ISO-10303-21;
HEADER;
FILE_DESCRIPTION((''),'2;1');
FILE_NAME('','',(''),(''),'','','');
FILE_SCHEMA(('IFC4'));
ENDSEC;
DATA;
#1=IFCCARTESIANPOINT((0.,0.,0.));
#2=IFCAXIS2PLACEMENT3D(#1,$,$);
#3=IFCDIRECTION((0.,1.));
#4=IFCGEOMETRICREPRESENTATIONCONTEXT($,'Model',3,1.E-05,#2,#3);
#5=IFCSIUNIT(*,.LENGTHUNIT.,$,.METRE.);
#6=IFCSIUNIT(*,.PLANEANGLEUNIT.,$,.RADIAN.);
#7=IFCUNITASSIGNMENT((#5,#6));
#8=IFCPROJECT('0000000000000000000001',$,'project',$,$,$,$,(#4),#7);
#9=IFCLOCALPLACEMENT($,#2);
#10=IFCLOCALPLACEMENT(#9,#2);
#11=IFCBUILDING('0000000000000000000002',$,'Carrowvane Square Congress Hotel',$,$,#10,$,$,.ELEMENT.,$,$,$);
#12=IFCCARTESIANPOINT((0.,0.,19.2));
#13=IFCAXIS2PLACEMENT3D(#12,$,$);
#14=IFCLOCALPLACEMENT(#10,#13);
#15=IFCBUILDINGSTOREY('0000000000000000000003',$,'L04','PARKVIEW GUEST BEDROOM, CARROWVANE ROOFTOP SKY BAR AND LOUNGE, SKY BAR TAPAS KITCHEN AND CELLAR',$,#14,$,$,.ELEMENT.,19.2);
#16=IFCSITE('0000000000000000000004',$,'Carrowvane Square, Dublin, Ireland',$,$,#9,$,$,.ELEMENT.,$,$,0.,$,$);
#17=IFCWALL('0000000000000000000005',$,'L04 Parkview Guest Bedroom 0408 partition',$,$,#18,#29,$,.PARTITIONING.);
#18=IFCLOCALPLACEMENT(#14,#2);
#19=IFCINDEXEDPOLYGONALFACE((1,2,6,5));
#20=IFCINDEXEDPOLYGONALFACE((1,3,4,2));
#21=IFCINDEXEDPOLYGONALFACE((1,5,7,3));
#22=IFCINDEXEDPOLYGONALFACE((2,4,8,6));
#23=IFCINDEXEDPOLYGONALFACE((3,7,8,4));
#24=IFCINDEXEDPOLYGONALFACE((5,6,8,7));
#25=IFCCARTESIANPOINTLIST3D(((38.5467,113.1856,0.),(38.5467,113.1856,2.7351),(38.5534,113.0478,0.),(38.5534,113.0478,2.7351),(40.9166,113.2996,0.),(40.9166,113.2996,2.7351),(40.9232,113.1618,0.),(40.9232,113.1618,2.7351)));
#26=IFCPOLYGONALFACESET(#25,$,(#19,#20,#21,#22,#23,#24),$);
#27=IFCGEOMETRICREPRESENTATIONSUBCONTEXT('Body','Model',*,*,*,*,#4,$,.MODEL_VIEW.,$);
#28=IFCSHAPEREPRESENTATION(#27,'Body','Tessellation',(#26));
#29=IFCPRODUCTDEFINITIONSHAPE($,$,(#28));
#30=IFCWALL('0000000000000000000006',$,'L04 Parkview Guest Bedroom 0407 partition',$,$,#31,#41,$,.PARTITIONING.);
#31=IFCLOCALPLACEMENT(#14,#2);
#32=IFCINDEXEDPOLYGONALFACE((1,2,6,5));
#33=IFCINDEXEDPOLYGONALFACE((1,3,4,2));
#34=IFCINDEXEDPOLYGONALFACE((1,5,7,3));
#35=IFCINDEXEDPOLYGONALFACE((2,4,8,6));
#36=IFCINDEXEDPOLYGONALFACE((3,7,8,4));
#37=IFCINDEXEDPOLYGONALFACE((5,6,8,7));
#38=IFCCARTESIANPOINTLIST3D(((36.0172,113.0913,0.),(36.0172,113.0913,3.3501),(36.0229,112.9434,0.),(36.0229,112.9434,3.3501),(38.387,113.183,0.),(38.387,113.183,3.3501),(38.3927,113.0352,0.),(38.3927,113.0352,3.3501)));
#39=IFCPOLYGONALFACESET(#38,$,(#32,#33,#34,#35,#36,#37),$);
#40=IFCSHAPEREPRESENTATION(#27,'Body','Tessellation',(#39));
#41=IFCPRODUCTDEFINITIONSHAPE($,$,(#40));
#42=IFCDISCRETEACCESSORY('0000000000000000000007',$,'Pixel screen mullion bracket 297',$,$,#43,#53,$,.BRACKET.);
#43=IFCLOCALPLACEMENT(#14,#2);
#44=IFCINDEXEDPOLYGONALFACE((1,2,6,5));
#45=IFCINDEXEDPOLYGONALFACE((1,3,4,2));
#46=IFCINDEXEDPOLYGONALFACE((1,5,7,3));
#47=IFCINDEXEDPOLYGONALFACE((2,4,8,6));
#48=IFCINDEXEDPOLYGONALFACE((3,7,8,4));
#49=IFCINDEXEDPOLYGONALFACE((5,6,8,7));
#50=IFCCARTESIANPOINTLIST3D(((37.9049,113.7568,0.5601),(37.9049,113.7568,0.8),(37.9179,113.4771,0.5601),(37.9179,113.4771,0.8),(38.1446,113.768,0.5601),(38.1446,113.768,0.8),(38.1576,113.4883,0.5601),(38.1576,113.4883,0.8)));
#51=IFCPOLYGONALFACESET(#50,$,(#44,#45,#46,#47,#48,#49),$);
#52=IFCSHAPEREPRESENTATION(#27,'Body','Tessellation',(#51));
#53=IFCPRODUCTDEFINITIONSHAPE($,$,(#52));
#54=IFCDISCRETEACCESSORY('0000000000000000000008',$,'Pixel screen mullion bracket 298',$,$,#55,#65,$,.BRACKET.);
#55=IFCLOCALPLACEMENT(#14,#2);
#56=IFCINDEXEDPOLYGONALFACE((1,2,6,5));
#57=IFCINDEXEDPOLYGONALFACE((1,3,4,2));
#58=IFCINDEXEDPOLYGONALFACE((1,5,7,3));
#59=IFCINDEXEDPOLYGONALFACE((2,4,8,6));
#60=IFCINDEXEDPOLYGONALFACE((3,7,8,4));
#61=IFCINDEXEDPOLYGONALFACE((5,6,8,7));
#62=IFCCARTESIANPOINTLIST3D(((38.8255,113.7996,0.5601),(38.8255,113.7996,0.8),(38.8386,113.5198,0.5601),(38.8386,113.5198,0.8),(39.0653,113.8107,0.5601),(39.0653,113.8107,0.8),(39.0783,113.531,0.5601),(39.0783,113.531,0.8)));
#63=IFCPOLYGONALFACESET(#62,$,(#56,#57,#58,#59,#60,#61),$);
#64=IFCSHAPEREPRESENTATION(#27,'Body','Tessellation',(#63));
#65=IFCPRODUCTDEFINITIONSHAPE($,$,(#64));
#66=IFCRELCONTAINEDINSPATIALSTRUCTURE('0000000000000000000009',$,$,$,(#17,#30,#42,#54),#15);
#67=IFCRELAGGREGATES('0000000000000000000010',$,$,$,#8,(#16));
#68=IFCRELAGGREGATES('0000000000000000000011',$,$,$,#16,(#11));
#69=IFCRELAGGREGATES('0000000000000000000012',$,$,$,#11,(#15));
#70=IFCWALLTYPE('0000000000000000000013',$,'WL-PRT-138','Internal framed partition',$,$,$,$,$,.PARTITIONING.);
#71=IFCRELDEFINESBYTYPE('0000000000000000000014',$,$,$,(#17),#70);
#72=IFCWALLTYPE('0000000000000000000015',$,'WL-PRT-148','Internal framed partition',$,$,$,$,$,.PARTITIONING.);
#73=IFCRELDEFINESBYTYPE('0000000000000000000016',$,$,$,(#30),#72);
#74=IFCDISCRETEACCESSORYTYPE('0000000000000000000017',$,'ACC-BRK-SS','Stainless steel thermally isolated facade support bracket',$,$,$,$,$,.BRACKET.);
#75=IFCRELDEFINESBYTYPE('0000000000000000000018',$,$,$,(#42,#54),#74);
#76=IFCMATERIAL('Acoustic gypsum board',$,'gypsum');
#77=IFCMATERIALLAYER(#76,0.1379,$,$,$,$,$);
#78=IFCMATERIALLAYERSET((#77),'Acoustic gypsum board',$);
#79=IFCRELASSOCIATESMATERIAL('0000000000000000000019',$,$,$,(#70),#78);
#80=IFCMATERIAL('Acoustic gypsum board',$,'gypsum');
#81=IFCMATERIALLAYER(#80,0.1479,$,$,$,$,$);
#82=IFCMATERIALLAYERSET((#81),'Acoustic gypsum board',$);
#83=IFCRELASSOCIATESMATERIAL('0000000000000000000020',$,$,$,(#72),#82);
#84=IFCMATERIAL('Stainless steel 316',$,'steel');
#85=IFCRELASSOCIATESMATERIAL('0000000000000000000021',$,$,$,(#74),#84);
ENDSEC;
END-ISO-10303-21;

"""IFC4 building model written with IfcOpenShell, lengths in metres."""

from ifc_helpers import new_model, si_unit, direction, frame, frame_2d, origin, origin_2d, place, context, subcontext, project, spatial, rectangle, extrude, material, layer, layer_set, type_object, element, save


model = new_model("IFC4")

# Units and contexts
model_context = context("Model", 3, precision=1e-05, world=origin(), true_north=direction((0.0, 1.0)))
body_context = subcontext(model_context, "Body", "Model", "MODEL_VIEW")
ifc_project = project(units=[si_unit("LENGTHUNIT", "METRE"), si_unit("PLANEANGLEUNIT", "RADIAN")], contexts=[model_context])

# Site, building, storey
site_placement = place(None, origin())
site = spatial("IfcSite", under=ifc_project, at=site_placement, Name="Carrowvane Square, Dublin, Ireland", CompositionType="ELEMENT", RefElevation=0.0)
building_placement = place(site_placement, origin())
building = spatial("IfcBuilding", under=site, at=building_placement, Name="Carrowvane Square Congress Hotel", CompositionType="ELEMENT")
storey_placement = place(building_placement, frame((0.0, 0.0, 19.2)))
storey = spatial("IfcBuildingStorey", under=building, at=storey_placement, Name="L04", Description="PARKVIEW GUEST BEDROOM, CARROWVANE ROOFTOP SKY BAR AND LOUNGE, SKY BAR TAPAS KITCHEN AND CELLAR", CompositionType="ELEMENT", Elevation=19.2)

# Walls
ifc_material_1 = material(Name="Acoustic gypsum board", Category="gypsum")
ifc_layer_1 = layer(ifc_material_1, 0.1379)
ifc_layer_set_1 = layer_set([ifc_layer_1], Name="Acoustic gypsum board")
wall_type_1 = type_object("IfcWallType", Name="WL-PRT-138", Description="Internal framed partition", PredefinedType="PARTITIONING", material=ifc_layer_set_1)
wall_1_placement = place(storey_placement, frame((38.55, 113.1167, 0.0), z_axis=(0.0, 0.0, 1.0), x_axis=(0.998845, 0.048054, 0.0)))
element("IfcWall", 1, at=wall_1_placement, inside=storey, type_object=wall_type_1, Name="L04 Parkview Guest Bedroom 0408 partition", PredefinedType="PARTITIONING", context=body_context, shape_type="SweptSolid", body=[
    extrude(rectangle(XDim=2.3726, YDim=0.1379, at=frame_2d((1.1863, 0.0))), origin(), (0.0, 0.0, 1.0), 2.7351),
])
ifc_material_2 = material(Name="Acoustic gypsum board", Category="gypsum")
ifc_layer_2 = layer(ifc_material_2, 0.1479)
ifc_layer_set_2 = layer_set([ifc_layer_2], Name="Acoustic gypsum board")
wall_type_2 = type_object("IfcWallType", Name="WL-PRT-148", Description="Internal framed partition", PredefinedType="PARTITIONING", material=ifc_layer_set_2)
wall_2_placement = place(storey_placement, frame((36.02, 113.0173, 0.0), z_axis=(0.0, 0.0, 1.0), x_axis=(0.999251, 0.038706, 0.0)))
element("IfcWall", 2, at=wall_2_placement, inside=storey, type_object=wall_type_2, Name="L04 Parkview Guest Bedroom 0407 partition", PredefinedType="PARTITIONING", context=body_context, shape_type="SweptSolid", body=[
    extrude(rectangle(XDim=2.3716, YDim=0.1479, at=frame_2d((1.1858, 0.0))), origin(), (0.0, 0.0, 1.0), 3.3501),
])

# Discrete accessories
ifc_material_3 = material(Name="Stainless steel 316", Category="steel")
discrete_accessory_type = type_object("IfcDiscreteAccessoryType", Name="ACC-BRK-SS", Description="Stainless steel thermally isolated facade support bracket", PredefinedType="BRACKET", material=ifc_material_3)
for number, where, z_axis, x_axis, name in (
    (3, (38.0312, 113.6226, 0.5601), (0.0, 0.0, 1.0), (0.998917, 0.046521, 0.0), "Pixel screen mullion bracket 297"),
    (4, (38.9519, 113.6653, 0.5601), (0.0, 0.0, 1.0), (0.998917, 0.046521, 0.0), "Pixel screen mullion bracket 298"),
):
    element("IfcDiscreteAccessory", number, at=place(storey_placement, frame(where, z_axis=z_axis, x_axis=x_axis)), inside=storey, type_object=discrete_accessory_type, Name=name, PredefinedType="BRACKET", context=body_context, shape_type="SweptSolid", body=[
        extrude(rectangle(XDim=0.24, YDim=0.28, at=origin_2d()), origin(), (0.0, 0.0, 1.0), 0.24),
    ])

save(model, "model.ifc")
